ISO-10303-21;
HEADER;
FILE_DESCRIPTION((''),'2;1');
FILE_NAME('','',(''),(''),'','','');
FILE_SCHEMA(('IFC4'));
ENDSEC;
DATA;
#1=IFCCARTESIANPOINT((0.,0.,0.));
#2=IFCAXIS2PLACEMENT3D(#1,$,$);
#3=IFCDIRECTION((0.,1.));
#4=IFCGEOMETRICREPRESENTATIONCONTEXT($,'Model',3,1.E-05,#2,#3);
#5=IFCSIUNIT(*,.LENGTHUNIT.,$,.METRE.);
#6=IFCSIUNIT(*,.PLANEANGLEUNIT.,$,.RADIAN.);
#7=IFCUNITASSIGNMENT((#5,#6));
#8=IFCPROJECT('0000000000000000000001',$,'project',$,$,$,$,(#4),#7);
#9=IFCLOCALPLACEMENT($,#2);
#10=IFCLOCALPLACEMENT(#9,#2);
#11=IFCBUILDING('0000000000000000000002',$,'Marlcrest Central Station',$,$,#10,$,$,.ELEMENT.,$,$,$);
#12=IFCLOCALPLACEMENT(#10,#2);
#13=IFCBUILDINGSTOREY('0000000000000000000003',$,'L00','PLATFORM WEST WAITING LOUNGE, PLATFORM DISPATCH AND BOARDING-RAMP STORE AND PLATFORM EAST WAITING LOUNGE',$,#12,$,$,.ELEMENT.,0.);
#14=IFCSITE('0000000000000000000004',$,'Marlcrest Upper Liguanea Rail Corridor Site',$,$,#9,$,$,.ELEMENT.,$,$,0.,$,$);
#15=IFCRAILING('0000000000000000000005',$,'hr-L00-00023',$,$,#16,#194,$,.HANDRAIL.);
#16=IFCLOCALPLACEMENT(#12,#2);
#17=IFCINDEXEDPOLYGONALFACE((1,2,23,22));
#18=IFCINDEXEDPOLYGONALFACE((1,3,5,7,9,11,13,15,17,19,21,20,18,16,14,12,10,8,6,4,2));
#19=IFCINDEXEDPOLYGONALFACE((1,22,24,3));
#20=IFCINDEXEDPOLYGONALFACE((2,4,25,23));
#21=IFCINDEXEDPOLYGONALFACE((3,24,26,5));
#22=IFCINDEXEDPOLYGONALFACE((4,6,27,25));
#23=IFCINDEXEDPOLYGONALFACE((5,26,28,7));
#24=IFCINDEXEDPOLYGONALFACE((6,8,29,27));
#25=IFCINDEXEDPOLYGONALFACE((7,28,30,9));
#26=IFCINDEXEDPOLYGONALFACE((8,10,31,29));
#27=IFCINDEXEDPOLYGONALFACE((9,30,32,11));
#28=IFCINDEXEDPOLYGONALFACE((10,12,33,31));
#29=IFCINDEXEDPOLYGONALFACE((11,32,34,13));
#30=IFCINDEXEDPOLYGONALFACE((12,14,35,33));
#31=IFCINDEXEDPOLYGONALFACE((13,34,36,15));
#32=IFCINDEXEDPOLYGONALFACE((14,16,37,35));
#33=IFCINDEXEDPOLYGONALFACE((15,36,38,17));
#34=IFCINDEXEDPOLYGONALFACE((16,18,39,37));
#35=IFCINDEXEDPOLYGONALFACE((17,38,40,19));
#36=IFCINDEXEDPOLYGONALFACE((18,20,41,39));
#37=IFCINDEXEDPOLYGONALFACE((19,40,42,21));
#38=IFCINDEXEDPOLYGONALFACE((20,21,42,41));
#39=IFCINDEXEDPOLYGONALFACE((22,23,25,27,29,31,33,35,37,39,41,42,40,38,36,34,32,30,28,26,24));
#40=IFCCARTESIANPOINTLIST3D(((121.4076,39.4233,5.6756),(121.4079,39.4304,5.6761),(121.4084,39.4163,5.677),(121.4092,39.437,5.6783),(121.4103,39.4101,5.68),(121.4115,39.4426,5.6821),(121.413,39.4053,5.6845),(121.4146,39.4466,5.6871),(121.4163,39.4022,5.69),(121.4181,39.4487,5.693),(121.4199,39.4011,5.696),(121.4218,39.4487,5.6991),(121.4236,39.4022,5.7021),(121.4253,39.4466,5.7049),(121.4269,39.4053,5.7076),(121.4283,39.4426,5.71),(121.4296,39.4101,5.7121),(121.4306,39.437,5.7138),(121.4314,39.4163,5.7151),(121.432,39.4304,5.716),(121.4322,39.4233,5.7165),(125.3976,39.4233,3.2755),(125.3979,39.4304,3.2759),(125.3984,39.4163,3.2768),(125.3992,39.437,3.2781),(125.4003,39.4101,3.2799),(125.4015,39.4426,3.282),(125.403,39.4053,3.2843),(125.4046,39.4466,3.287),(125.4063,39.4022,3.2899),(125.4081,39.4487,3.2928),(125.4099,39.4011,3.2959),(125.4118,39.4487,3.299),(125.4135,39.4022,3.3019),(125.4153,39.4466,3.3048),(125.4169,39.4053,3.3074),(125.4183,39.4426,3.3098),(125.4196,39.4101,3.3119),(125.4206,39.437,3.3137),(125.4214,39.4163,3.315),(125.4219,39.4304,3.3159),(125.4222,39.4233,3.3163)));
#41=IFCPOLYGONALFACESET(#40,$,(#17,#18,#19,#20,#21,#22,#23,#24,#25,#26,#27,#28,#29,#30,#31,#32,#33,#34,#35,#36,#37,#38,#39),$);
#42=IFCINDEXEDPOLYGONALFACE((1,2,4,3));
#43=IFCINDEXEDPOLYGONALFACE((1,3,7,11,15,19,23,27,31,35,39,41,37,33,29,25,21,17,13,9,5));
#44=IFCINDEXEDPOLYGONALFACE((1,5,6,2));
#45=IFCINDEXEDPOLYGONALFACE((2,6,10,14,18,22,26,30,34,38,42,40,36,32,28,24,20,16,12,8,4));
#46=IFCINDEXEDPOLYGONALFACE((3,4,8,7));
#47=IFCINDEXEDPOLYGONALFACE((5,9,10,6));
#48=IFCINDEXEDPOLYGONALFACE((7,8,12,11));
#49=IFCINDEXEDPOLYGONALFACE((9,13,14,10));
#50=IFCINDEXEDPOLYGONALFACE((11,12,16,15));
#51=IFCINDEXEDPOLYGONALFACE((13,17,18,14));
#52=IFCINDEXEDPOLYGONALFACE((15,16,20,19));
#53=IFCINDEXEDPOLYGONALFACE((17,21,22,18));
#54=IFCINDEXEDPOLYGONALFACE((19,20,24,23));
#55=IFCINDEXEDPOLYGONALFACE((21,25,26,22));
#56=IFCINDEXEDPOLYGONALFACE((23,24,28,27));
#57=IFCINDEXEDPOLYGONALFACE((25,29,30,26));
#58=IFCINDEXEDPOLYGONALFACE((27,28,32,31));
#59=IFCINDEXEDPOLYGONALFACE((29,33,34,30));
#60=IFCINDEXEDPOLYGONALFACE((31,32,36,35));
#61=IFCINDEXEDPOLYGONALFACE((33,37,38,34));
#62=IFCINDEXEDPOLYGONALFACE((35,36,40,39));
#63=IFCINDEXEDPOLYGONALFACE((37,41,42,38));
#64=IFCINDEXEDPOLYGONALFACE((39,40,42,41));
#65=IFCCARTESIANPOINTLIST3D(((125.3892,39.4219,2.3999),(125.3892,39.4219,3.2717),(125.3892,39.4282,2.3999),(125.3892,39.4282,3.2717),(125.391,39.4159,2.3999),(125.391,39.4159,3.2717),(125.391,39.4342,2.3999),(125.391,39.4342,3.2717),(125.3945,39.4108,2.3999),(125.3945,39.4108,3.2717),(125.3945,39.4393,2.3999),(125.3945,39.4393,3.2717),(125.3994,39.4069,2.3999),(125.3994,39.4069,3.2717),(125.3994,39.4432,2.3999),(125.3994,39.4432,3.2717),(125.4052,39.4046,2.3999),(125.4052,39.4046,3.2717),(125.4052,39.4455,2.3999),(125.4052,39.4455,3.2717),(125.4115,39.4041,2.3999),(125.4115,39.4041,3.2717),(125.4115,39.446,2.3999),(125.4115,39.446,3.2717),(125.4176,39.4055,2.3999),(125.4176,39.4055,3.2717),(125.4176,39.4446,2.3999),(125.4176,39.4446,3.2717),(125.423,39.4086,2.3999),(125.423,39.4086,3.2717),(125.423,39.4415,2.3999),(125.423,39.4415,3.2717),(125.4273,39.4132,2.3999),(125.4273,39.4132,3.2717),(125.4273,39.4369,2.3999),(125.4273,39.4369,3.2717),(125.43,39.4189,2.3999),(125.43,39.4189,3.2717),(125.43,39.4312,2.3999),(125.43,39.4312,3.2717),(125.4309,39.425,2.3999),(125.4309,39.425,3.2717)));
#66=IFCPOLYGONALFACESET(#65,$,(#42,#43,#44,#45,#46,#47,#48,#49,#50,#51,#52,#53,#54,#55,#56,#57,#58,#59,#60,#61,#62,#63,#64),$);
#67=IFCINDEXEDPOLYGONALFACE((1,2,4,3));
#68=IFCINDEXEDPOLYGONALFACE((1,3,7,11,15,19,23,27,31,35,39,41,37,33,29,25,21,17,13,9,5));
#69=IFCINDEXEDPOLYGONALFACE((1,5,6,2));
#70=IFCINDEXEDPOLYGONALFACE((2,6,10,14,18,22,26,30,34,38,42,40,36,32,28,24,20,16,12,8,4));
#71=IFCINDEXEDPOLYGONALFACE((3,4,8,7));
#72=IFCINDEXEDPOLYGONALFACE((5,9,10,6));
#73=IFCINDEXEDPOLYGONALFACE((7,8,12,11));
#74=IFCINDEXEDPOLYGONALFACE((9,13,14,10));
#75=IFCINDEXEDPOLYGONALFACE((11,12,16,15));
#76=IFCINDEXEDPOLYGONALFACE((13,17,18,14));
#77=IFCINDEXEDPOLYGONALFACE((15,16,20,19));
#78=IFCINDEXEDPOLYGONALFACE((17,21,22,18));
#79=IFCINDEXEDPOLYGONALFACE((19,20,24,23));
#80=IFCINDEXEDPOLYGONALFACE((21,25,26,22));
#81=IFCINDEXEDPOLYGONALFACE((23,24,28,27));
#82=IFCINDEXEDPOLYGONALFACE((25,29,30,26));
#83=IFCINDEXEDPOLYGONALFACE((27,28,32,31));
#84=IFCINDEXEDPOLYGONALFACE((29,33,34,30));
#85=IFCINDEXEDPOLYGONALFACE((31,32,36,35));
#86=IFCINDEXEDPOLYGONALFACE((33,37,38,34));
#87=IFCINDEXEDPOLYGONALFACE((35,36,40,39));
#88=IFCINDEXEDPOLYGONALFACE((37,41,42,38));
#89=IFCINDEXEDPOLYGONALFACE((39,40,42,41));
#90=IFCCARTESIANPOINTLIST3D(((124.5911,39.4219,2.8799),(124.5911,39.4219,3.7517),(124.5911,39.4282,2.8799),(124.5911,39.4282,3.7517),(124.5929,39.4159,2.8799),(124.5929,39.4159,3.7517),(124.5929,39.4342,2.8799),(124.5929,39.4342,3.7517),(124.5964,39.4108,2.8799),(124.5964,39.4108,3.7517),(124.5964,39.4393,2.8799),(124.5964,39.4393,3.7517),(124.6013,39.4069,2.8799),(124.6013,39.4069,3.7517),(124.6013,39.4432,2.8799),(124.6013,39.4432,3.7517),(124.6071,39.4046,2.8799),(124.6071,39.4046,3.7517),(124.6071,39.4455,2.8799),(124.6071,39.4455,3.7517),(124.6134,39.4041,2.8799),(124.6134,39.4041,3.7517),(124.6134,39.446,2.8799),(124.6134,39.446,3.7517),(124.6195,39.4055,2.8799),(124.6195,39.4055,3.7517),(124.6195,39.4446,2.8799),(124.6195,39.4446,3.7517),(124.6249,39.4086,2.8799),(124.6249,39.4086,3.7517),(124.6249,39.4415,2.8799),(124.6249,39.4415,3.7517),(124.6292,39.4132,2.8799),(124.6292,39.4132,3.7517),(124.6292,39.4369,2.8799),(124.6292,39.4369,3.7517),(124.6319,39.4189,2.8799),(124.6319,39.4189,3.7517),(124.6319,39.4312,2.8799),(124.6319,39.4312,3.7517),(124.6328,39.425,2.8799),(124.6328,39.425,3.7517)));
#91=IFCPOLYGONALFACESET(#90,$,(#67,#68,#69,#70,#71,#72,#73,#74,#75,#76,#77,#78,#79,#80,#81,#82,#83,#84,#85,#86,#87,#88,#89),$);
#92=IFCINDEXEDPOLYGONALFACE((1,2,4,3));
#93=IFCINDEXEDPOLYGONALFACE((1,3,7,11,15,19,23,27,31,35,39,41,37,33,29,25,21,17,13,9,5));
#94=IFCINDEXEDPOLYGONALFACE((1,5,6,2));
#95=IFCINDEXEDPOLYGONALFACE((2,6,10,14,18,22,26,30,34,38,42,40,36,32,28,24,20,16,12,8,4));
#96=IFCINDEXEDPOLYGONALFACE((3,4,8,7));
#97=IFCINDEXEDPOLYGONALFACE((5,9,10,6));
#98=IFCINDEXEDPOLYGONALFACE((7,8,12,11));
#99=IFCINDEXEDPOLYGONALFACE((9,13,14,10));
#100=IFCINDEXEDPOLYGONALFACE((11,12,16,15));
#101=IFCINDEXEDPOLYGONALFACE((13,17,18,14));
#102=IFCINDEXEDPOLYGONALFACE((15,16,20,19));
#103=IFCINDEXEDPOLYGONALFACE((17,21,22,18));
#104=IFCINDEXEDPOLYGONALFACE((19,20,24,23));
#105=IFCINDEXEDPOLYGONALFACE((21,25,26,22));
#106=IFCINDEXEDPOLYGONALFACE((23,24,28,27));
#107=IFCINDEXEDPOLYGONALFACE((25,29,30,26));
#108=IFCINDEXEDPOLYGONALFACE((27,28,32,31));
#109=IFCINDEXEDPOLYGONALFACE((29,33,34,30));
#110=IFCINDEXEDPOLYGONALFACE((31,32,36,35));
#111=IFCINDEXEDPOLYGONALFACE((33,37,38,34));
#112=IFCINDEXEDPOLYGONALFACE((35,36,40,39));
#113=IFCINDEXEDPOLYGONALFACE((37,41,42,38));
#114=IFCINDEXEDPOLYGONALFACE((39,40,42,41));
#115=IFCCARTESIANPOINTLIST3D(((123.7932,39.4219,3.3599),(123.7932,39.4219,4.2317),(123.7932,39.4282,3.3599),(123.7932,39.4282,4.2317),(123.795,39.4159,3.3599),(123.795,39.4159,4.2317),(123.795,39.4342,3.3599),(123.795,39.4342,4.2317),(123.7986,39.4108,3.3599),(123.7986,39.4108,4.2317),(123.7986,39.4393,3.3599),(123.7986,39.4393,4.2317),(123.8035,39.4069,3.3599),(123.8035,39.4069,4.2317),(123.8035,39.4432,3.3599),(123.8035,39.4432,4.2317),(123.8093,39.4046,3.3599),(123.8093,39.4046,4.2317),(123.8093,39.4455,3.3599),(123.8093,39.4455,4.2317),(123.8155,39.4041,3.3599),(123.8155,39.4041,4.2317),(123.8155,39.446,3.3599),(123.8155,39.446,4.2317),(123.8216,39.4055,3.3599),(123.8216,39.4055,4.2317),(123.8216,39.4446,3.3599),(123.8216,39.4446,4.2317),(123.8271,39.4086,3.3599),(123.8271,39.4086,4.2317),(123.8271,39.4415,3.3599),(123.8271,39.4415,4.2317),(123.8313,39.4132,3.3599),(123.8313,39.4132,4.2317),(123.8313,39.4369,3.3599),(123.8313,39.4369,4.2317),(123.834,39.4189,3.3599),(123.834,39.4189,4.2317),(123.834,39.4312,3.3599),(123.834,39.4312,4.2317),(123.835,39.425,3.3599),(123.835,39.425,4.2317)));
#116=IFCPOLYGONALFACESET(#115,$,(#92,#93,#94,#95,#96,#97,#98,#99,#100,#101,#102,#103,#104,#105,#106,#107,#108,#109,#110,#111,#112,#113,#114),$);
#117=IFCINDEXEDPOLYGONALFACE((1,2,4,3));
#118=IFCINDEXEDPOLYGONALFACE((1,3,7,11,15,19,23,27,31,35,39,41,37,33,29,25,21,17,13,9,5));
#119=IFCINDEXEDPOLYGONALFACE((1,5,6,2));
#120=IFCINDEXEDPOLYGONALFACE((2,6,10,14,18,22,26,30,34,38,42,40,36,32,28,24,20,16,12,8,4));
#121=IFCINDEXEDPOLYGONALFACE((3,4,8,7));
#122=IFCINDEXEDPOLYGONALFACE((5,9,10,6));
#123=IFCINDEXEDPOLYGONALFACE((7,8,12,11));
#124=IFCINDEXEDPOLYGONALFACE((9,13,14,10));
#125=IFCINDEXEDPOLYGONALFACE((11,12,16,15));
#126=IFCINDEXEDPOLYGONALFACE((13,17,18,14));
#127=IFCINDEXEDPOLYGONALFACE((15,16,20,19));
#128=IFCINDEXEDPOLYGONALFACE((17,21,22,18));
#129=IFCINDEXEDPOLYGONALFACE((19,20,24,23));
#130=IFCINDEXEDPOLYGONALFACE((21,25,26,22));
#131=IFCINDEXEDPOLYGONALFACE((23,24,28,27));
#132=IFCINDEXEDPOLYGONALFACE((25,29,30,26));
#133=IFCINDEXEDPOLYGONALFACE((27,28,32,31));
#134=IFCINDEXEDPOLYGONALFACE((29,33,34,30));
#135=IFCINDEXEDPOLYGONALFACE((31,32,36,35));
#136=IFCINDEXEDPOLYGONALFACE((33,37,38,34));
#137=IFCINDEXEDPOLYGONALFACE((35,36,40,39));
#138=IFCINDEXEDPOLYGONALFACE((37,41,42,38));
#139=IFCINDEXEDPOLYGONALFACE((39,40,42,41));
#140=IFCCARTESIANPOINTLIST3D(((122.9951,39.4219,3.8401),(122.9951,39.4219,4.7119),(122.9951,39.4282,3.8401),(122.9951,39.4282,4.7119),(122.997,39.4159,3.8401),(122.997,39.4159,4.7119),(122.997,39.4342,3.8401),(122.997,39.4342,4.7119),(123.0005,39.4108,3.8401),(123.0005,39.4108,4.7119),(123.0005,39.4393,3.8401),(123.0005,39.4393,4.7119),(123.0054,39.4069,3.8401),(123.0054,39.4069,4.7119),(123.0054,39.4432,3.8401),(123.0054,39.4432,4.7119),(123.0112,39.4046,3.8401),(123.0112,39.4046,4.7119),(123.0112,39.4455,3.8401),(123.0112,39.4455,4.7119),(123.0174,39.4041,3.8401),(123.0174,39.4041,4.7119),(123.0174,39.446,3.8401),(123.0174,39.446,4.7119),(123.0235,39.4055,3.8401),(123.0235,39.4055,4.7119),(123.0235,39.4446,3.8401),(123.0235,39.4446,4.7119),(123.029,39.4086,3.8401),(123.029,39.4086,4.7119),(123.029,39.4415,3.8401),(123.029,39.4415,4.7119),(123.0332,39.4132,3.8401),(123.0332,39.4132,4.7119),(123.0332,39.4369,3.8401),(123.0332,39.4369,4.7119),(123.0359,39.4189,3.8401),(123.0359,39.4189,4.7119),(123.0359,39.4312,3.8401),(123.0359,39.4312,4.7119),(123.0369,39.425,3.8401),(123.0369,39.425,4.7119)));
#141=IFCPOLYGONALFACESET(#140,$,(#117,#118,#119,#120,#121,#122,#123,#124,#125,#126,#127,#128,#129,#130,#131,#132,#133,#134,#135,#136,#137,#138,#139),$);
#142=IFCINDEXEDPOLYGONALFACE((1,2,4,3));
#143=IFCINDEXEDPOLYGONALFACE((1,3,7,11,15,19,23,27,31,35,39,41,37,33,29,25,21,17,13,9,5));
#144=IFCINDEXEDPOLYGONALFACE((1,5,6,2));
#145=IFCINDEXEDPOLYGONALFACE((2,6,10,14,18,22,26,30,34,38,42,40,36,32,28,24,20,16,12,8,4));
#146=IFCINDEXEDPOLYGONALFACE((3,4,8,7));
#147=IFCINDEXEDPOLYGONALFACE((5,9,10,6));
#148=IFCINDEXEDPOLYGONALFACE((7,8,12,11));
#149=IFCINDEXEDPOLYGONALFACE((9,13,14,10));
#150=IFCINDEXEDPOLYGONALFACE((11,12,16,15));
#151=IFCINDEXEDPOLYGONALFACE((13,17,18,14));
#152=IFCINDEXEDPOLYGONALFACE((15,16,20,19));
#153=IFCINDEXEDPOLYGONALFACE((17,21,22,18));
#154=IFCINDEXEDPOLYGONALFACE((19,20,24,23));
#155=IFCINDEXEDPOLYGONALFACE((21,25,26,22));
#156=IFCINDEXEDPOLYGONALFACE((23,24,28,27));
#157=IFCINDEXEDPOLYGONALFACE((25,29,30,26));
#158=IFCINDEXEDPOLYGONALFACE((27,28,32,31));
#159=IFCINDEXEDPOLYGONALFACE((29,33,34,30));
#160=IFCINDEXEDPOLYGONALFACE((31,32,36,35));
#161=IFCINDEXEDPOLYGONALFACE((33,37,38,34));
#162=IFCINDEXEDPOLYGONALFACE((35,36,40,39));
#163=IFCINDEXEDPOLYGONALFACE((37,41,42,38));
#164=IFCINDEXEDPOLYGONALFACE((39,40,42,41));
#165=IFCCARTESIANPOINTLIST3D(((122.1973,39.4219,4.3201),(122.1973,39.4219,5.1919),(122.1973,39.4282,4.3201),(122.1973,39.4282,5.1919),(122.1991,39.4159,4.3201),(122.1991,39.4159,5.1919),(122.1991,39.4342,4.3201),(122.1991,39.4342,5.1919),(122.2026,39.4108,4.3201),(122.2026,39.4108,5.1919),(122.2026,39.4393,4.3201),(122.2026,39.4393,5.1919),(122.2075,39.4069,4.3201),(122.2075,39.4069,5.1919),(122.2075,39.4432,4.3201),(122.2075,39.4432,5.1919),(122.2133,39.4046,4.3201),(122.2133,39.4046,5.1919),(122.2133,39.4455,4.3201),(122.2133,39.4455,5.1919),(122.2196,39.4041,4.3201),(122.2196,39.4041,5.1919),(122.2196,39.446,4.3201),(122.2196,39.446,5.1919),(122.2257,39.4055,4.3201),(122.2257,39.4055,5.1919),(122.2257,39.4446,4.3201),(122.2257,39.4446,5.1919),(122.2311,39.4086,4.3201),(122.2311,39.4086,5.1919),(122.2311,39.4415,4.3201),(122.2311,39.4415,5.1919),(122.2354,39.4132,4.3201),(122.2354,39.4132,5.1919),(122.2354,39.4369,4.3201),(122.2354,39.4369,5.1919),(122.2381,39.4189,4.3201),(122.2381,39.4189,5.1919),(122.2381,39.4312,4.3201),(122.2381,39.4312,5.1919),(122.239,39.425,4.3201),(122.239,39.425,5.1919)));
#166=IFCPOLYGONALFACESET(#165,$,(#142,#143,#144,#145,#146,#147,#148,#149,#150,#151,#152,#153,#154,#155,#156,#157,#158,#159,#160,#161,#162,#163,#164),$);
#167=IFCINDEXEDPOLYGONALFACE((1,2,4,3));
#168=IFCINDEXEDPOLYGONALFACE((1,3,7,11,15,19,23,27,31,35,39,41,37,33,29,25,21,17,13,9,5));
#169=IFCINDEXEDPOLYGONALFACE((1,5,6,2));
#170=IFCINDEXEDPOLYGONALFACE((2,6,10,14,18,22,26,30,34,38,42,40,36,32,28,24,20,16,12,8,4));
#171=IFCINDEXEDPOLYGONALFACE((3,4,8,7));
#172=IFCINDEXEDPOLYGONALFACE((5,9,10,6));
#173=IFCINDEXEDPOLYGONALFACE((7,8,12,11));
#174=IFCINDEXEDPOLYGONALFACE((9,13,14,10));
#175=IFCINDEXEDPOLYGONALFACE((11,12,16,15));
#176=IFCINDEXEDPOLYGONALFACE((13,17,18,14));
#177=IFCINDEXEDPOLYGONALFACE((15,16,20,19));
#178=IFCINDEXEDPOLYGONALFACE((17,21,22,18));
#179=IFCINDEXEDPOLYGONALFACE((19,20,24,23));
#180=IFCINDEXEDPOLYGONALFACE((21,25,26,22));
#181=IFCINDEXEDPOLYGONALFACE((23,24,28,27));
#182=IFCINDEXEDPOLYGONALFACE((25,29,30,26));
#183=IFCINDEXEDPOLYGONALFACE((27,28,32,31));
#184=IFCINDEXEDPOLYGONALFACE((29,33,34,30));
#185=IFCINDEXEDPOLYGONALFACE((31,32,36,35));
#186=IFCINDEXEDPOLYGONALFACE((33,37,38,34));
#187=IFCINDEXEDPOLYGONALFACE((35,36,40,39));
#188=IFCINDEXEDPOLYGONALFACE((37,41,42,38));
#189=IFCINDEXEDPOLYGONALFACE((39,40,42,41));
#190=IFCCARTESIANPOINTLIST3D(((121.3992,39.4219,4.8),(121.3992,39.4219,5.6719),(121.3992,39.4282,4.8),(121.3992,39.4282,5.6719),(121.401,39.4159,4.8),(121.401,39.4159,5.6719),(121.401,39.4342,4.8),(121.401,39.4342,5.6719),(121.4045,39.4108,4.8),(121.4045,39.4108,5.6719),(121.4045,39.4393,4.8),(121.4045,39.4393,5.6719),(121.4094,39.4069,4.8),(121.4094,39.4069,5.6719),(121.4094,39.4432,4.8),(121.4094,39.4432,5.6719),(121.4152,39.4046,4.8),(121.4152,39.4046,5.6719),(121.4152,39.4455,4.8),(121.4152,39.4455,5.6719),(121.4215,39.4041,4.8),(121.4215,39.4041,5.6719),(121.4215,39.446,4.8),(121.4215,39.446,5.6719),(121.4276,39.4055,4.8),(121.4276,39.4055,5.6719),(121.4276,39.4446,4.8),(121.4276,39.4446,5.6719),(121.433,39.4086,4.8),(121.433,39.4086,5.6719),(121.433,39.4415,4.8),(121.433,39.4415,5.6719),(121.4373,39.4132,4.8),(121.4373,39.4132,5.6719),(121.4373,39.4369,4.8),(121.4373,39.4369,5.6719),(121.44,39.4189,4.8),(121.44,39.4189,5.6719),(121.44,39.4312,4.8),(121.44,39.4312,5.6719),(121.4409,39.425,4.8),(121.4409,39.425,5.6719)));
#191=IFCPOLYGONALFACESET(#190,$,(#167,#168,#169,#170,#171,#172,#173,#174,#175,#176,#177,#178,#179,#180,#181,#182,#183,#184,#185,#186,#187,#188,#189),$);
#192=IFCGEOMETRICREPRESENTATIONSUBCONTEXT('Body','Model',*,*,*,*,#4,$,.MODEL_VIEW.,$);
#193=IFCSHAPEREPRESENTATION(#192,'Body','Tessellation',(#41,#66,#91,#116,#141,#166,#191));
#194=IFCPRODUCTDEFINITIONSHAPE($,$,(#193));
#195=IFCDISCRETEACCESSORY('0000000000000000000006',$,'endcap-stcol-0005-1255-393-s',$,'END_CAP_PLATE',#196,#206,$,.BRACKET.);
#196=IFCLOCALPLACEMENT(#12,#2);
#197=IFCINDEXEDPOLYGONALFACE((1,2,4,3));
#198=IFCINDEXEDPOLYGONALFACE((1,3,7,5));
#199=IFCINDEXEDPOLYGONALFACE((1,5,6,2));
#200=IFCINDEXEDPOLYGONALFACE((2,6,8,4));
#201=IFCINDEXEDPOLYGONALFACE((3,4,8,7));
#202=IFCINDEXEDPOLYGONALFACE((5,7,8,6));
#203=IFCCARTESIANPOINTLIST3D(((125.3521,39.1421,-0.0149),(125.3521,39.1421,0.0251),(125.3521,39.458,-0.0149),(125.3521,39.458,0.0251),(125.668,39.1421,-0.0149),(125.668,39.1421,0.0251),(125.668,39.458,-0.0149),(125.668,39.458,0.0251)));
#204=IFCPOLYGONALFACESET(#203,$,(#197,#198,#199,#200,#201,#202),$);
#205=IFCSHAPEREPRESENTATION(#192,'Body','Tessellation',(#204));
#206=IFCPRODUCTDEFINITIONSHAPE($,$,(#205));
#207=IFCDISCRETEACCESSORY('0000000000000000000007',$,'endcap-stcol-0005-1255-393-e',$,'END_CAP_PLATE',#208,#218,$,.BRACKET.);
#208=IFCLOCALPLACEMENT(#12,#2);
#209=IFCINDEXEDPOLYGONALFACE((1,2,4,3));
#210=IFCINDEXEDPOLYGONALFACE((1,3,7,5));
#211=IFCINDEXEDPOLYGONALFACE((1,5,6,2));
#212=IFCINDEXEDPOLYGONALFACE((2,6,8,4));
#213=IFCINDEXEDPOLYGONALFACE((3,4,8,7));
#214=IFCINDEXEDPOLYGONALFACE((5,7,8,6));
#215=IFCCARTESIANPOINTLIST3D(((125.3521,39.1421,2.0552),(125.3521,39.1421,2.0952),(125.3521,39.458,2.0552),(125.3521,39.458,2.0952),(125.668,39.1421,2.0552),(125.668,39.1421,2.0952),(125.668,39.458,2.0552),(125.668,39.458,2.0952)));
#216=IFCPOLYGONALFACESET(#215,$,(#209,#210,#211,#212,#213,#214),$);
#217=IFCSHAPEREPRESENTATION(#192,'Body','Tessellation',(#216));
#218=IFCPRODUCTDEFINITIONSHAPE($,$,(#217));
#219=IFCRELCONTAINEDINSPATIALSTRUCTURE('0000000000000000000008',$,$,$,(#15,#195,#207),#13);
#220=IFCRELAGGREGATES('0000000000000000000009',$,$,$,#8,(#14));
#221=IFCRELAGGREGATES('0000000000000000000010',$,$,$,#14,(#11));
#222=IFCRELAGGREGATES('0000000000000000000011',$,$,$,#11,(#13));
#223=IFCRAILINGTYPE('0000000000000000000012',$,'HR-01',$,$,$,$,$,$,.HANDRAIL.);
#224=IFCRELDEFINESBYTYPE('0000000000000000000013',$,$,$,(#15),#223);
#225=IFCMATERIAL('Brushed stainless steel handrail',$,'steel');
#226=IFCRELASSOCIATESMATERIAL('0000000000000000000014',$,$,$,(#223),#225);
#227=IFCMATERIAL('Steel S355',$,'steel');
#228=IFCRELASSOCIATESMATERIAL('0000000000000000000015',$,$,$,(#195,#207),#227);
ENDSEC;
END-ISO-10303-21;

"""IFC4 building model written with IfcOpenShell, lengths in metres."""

from ifc_helpers import new_model, si_unit, direction, frame, origin, origin_2d, place, context, subcontext, project, spatial, rectangle, circle, extrude, material, type_object, element, save


model = new_model("IFC4")

# Units and contexts
model_context = context("Model", 3, precision=1e-05, world=origin(), true_north=direction((0.0, 1.0)))
body_context = subcontext(model_context, "Body", "Model", "MODEL_VIEW")
ifc_project = project(units=[si_unit("LENGTHUNIT", "METRE"), si_unit("PLANEANGLEUNIT", "RADIAN")], contexts=[model_context])

# Site, building, storey
site_placement = place(None, origin())
site = spatial("IfcSite", under=ifc_project, at=site_placement, Name="Marlcrest Upper Liguanea Rail Corridor Site", CompositionType="ELEMENT", RefElevation=0.0)
building_placement = place(site_placement, origin())
building = spatial("IfcBuilding", under=site, at=building_placement, Name="Marlcrest Central Station", CompositionType="ELEMENT")
storey_placement = place(building_placement, origin())
storey = spatial("IfcBuildingStorey", under=building, at=storey_placement, Name="L00", Description="PLATFORM WEST WAITING LOUNGE, PLATFORM DISPATCH AND BOARDING-RAMP STORE AND PLATFORM EAST WAITING LOUNGE", CompositionType="ELEMENT", Elevation=0.0)

# Shared definitions
ifc_material_1 = material(Name="Steel S355", Category="steel")

# Railing
ifc_material_2 = material(Name="Brushed stainless steel handrail", Category="steel")
railing_type_1 = type_object("IfcRailingType", Name="HR-01", PredefinedType="HANDRAIL", material=ifc_material_2)
railing_1_placement = place(storey_placement, frame((125.4099, 39.425, 2.3999)))
element("IfcRailing", 1, at=railing_1_placement, inside=storey, type_object=railing_type_1, Name="hr-L00-00023", PredefinedType="HANDRAIL", context=body_context, shape_type="SweptSolid", body=[
    extrude(circle(Radius=0.0239, at=origin_2d()), frame((0.0, 0.0, 0.896), z_axis=(-0.856909, 0.0, 0.515467), x_axis=(0.0, -1.0, 0.0)), (0.0, 0.0, 1.0), 4.6562),
    extrude(circle(Radius=0.021, at=origin_2d()), origin(), (0.0, 0.0, 1.0), 0.8718),
    extrude(circle(Radius=0.021, at=origin_2d()), frame((-0.7981, 0.0, 0.48)), (0.0, 0.0, 1.0), 0.8718),
    extrude(circle(Radius=0.021, at=origin_2d()), frame((-1.5959, 0.0, 0.96)), (0.0, 0.0, 1.0), 0.8718),
    extrude(circle(Radius=0.021, at=origin_2d()), frame((-2.394, 0.0, 1.4402)), (0.0, 0.0, 1.0), 0.8718),
    extrude(circle(Radius=0.021, at=origin_2d()), frame((-3.1919, 0.0, 1.9202)), (0.0, 0.0, 1.0), 0.8718),
    extrude(circle(Radius=0.021, at=origin_2d()), frame((-3.99, 0.0, 2.4001)), (0.0, 0.0, 1.0), 0.8718),
])

# Discrete accessories
for number, where, z_axis, x_axis, name in (
    (2, (125.51, 39.3, -0.0149), (0.0, 0.0, 1.0), (1.0, 0.0, 0.0), "endcap-stcol-0005-1255-393-s"),
    (3, (125.51, 39.3, 2.0552), (0.0, 0.0, 1.0), (1.0, 0.0, 0.0), "endcap-stcol-0005-1255-393-e"),
):
    element("IfcDiscreteAccessory", number, at=place(storey_placement, frame(where, z_axis=z_axis, x_axis=x_axis)), inside=storey, material=ifc_material_1, Name=name, ObjectType="END_CAP_PLATE", PredefinedType="BRACKET", context=body_context, shape_type="SweptSolid", body=[
        extrude(rectangle(XDim=0.3159, YDim=0.3159, at=origin_2d()), origin(), (0.0, 0.0, 1.0), 0.04),
    ])

save(model, "model.ifc")
